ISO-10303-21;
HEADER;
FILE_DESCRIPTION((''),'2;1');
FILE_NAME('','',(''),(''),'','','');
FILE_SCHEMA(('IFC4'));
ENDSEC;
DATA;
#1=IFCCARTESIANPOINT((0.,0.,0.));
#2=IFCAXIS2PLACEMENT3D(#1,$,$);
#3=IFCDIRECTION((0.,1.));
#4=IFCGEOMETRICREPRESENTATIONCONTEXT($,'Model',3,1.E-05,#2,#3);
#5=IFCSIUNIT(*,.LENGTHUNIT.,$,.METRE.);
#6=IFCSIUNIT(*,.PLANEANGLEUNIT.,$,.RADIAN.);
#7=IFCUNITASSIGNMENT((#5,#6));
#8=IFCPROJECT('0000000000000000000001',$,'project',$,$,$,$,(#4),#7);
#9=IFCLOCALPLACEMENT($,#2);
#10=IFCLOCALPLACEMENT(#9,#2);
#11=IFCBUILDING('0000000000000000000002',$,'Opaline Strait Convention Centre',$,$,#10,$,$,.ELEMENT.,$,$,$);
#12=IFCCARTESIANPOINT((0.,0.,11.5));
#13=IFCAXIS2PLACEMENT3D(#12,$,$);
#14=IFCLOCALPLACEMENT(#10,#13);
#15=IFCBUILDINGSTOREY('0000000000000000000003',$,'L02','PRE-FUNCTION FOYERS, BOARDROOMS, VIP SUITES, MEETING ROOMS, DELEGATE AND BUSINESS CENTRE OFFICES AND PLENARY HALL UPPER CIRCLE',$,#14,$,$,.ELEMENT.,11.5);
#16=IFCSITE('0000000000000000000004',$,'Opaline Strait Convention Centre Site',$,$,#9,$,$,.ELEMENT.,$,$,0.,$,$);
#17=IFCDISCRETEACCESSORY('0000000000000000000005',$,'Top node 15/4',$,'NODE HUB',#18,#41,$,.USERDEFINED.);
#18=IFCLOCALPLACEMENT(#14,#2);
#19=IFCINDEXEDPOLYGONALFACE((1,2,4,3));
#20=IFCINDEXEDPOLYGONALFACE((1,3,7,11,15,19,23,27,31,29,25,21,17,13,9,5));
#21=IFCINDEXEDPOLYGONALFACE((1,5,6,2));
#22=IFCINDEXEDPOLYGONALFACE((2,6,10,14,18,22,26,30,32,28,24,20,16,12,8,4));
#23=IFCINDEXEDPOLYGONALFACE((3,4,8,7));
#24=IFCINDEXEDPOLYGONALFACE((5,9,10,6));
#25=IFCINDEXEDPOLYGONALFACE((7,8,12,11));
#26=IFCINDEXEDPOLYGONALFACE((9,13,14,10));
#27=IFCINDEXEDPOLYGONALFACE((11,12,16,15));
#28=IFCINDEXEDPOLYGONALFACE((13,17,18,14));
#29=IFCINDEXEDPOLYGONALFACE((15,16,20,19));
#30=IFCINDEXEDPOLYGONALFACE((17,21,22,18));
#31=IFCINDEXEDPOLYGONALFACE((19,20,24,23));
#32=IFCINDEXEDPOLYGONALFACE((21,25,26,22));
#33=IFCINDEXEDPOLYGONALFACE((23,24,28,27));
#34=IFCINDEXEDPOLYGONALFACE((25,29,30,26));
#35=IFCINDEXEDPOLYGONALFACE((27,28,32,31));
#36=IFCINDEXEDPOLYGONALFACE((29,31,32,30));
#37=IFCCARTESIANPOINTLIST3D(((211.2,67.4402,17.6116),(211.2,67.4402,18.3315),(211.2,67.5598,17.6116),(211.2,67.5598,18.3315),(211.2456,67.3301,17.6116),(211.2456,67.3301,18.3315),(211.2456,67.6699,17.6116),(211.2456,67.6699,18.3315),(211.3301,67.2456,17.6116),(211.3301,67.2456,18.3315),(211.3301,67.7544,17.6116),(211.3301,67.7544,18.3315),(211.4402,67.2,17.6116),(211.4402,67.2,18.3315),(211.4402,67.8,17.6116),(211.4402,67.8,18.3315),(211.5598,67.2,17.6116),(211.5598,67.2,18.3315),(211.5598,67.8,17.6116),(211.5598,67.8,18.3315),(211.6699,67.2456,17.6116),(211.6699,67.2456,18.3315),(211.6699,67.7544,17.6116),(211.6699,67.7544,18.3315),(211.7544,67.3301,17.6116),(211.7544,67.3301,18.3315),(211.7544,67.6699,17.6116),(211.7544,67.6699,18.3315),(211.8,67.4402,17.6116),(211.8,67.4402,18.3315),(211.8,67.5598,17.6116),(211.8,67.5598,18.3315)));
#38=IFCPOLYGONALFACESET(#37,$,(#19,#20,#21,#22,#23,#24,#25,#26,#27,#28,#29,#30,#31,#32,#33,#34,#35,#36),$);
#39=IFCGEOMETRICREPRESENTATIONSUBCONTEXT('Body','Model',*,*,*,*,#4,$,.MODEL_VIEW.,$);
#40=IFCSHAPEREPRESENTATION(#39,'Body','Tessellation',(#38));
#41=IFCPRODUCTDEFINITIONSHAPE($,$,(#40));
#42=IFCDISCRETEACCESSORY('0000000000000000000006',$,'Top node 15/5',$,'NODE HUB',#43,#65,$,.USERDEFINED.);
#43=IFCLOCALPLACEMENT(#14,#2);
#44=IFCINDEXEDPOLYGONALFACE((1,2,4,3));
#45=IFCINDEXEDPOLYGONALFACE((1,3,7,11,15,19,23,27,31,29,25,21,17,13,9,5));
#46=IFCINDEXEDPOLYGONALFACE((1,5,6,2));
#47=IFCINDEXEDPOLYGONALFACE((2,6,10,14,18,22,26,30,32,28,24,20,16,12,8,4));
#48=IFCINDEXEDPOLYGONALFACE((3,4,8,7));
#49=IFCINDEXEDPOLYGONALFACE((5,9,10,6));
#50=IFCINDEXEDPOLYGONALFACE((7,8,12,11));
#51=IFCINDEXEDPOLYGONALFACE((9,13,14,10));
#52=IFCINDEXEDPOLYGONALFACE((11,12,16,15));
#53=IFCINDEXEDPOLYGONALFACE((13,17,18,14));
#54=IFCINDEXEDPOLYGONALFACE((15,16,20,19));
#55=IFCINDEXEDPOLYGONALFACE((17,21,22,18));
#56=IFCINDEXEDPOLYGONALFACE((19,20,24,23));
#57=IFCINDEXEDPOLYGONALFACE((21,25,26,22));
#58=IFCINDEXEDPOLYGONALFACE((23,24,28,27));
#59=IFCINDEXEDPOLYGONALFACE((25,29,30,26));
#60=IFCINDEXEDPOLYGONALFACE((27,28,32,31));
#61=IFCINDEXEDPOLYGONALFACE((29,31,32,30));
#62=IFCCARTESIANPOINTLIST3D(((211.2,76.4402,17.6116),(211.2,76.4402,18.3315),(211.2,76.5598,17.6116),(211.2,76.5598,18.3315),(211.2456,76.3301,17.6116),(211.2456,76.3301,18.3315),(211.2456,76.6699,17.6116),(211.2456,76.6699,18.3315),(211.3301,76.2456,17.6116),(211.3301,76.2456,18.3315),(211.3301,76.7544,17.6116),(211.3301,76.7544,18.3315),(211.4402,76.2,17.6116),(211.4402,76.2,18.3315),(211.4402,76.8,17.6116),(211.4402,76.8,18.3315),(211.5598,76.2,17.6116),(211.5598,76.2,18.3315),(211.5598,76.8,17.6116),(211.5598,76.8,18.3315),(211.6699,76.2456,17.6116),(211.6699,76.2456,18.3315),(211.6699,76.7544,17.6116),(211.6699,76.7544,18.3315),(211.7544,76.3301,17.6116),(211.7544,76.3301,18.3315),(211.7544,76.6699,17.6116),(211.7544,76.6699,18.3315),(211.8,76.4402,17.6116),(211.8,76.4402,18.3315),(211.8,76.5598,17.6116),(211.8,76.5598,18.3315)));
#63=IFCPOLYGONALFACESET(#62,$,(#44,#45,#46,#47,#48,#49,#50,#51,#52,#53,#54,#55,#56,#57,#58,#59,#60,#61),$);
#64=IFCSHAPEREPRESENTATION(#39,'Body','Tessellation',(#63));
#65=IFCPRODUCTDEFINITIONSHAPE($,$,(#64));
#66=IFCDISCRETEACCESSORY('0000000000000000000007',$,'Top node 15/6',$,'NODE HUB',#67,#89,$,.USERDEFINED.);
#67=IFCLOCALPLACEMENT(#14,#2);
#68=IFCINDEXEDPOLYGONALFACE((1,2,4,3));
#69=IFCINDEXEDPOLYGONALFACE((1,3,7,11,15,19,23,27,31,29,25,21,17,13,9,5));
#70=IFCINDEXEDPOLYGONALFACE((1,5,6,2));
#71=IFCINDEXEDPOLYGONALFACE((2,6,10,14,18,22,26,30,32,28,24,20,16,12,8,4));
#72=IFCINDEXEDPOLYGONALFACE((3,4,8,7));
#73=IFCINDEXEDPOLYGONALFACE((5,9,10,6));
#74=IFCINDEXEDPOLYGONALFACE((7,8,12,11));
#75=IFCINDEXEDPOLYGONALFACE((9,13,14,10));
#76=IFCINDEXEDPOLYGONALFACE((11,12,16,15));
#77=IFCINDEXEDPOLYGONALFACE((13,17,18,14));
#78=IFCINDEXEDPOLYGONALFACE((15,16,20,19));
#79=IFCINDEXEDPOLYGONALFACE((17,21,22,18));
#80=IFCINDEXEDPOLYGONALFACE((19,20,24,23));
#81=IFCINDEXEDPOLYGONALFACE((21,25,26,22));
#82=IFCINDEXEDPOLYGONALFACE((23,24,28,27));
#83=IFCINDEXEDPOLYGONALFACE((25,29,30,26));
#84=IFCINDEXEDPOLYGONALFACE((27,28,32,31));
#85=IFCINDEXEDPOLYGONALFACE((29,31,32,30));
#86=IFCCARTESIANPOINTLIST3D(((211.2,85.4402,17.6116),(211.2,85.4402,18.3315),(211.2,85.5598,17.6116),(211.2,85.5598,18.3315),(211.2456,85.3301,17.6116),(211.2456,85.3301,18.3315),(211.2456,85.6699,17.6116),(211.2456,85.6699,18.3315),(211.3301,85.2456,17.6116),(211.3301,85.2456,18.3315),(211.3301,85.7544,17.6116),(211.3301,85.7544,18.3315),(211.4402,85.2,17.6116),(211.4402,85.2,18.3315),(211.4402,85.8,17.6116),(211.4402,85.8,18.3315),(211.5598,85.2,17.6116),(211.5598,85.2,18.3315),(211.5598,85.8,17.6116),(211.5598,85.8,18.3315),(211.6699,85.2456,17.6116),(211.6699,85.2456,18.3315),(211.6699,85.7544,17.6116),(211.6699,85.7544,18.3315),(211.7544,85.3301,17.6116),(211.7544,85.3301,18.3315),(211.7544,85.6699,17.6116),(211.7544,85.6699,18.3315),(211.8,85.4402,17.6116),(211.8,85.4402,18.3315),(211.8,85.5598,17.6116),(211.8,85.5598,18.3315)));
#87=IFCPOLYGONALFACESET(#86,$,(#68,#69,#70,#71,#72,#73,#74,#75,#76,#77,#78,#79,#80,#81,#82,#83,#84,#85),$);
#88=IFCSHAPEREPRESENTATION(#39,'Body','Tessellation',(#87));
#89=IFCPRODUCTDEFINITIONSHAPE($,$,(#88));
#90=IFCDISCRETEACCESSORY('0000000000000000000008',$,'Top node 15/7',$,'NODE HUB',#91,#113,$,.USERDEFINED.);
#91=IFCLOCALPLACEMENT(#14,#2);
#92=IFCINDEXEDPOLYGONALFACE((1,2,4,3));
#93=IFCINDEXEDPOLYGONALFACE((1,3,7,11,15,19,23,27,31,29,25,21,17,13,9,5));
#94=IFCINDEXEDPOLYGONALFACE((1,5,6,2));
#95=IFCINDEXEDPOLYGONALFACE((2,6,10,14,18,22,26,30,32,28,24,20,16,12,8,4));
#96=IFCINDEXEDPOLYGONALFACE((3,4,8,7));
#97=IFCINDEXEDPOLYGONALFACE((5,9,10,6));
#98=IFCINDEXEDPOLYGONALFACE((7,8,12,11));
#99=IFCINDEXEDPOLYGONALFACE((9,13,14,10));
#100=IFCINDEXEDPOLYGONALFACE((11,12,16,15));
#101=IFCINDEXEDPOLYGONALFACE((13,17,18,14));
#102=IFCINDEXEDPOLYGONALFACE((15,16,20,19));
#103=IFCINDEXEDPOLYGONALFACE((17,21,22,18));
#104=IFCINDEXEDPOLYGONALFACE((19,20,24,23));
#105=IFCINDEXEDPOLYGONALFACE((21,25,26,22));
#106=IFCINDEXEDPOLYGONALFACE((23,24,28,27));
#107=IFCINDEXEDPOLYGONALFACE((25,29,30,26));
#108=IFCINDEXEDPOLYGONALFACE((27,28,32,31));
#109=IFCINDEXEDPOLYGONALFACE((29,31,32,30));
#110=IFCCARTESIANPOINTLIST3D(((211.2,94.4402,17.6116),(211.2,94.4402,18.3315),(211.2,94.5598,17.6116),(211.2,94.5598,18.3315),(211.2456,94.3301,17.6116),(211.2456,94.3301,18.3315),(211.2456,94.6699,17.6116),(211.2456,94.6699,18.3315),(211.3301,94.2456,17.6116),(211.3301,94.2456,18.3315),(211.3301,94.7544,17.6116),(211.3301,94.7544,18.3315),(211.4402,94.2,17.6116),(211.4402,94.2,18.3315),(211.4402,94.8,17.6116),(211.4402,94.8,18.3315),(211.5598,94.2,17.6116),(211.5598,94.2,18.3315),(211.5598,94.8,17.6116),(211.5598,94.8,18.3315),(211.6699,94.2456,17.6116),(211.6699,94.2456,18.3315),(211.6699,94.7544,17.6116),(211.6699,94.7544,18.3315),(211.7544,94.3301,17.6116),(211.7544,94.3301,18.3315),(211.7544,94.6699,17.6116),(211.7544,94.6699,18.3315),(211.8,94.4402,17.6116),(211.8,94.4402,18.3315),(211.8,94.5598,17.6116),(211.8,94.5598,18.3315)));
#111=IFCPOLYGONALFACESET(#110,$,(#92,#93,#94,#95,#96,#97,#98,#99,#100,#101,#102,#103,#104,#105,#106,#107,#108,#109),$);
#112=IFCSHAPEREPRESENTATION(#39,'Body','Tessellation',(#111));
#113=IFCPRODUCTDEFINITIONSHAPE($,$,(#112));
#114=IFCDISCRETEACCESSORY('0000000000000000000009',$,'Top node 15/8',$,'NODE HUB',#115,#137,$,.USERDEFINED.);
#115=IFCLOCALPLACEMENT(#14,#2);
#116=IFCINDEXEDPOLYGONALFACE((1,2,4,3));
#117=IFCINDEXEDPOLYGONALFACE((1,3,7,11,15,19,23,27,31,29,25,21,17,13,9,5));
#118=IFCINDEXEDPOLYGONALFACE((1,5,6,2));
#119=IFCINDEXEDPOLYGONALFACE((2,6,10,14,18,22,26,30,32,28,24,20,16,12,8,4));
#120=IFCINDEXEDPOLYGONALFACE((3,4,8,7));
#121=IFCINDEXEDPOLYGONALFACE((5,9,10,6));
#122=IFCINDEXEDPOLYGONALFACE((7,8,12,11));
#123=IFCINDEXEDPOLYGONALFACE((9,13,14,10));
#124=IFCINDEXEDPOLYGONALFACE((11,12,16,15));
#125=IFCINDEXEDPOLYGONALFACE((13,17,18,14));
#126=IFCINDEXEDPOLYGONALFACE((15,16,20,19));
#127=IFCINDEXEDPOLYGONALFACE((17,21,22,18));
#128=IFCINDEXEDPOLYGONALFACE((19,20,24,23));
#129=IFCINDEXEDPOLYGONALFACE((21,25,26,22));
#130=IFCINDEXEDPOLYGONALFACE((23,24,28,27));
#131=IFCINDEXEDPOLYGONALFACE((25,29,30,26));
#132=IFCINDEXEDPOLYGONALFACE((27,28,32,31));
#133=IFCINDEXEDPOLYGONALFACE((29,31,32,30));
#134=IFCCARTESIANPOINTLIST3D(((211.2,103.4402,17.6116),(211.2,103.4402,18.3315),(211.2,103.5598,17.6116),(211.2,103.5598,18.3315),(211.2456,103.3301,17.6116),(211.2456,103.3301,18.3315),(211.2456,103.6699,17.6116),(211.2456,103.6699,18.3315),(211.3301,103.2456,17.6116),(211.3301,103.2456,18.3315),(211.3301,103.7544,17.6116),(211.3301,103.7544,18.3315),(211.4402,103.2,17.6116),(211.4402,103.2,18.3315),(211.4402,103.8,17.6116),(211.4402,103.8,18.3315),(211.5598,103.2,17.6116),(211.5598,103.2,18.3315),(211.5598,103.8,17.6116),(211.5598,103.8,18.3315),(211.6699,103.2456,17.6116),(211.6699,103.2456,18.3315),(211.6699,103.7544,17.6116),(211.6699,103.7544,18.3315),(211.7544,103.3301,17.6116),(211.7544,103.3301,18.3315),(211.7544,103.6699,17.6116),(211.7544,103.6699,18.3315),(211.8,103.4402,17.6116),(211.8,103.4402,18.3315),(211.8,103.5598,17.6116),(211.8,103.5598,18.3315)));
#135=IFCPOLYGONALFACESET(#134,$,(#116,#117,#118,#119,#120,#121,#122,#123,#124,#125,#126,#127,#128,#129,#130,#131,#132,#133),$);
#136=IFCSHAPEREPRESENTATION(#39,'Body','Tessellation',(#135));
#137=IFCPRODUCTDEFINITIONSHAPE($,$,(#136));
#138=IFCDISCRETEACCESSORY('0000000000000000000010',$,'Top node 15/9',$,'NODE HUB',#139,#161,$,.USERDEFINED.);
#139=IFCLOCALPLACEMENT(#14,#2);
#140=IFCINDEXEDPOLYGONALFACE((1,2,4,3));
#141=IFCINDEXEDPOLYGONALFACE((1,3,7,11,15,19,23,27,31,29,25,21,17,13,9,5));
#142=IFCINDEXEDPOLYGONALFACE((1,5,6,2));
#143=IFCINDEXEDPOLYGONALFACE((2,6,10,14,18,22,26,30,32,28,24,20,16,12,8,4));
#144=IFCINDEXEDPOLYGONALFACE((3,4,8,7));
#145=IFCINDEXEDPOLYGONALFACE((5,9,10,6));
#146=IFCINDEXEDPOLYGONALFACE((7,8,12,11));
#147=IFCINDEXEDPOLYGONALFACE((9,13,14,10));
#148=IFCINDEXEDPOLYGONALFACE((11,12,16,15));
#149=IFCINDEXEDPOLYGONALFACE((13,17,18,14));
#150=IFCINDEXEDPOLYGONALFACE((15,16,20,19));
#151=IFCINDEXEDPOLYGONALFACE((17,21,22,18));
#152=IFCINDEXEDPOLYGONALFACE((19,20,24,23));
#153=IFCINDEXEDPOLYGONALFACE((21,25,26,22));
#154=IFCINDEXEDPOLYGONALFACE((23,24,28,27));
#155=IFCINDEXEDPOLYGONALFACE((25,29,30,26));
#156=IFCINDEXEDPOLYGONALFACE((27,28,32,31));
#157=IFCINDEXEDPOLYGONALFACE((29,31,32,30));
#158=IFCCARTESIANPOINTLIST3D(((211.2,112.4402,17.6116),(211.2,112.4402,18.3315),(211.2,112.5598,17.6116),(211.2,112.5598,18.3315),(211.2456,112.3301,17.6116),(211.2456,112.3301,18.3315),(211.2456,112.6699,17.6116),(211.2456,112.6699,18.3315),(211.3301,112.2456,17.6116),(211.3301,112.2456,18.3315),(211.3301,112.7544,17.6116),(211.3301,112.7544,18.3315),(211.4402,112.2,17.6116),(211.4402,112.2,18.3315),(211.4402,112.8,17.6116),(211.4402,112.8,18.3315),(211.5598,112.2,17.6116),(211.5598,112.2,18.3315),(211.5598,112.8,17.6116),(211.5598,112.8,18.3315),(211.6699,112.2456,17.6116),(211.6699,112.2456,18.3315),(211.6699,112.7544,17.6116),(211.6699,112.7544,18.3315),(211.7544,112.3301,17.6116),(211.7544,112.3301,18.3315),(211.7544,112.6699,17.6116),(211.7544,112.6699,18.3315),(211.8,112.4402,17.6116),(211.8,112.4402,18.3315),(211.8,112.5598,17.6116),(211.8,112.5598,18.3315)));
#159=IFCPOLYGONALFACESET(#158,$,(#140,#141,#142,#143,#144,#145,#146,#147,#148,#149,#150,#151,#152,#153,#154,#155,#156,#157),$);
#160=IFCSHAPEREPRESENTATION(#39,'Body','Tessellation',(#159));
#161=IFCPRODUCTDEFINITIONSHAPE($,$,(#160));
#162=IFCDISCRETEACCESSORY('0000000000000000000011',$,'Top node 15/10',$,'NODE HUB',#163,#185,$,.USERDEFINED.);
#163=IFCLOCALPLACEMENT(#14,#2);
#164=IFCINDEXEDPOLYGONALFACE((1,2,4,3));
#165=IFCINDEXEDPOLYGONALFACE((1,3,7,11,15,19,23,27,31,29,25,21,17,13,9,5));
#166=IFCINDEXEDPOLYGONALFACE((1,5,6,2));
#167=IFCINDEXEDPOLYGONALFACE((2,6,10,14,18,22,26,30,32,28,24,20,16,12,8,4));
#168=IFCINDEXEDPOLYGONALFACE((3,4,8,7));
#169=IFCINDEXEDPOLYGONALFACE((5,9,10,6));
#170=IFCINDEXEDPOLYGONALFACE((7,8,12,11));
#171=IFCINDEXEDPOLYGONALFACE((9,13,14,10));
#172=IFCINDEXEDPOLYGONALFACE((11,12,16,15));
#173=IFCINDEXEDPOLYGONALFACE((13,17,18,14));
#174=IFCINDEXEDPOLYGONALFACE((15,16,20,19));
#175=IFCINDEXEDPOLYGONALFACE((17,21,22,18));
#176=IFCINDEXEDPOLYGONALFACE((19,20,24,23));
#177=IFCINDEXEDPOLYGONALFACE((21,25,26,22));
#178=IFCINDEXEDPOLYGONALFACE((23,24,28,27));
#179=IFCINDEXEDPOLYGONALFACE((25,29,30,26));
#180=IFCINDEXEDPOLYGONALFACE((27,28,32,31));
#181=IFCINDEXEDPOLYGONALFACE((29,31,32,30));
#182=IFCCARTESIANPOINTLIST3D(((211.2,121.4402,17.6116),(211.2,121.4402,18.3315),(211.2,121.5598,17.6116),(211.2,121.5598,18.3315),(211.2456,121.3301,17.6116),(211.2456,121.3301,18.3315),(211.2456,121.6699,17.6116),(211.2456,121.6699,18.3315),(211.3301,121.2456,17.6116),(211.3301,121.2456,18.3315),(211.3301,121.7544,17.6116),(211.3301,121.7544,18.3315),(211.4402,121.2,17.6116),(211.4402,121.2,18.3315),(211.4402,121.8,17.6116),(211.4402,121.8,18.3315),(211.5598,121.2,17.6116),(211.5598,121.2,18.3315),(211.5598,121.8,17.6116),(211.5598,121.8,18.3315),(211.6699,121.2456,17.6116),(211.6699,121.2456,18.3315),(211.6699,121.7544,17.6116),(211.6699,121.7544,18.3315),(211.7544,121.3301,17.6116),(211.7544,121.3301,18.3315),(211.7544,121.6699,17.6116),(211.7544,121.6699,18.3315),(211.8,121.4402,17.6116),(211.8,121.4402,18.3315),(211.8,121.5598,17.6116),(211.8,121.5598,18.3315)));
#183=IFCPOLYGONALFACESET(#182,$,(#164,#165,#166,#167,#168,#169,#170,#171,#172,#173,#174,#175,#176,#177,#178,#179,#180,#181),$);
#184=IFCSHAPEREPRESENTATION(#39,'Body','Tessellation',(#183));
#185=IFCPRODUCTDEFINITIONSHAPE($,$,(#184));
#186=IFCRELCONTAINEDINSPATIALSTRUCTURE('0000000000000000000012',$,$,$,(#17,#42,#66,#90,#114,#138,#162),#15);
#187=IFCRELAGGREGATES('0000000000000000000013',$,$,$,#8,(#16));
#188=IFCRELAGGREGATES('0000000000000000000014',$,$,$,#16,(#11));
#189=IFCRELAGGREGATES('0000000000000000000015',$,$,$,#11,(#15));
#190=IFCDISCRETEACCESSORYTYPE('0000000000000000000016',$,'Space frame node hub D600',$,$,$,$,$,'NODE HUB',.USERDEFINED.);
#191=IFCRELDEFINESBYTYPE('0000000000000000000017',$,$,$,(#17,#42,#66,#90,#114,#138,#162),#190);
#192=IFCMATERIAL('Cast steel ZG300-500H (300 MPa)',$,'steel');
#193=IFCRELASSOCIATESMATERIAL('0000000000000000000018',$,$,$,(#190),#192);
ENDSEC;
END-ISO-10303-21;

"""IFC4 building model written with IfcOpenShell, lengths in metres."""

from ifc_helpers import new_model, si_unit, direction, frame, origin, place, context, subcontext, project, spatial, polyline, outline, extrude, material, type_object, element, save


model = new_model("IFC4")

# Units and contexts
model_context = context("Model", 3, precision=1e-05, world=origin(), true_north=direction((0.0, 1.0)))
body_context = subcontext(model_context, "Body", "Model", "MODEL_VIEW")
ifc_project = project(units=[si_unit("LENGTHUNIT", "METRE"), si_unit("PLANEANGLEUNIT", "RADIAN")], contexts=[model_context])

# Site, building, storey
site_placement = place(None, origin())
site = spatial("IfcSite", under=ifc_project, at=site_placement, Name="Opaline Strait Convention Centre Site", CompositionType="ELEMENT", RefElevation=0.0)
building_placement = place(site_placement, origin())
building = spatial("IfcBuilding", under=site, at=building_placement, Name="Opaline Strait Convention Centre", CompositionType="ELEMENT")
storey_placement = place(building_placement, frame((0.0, 0.0, 11.5)))
storey = spatial("IfcBuildingStorey", under=building, at=storey_placement, Name="L02", Description="PRE-FUNCTION FOYERS, BOARDROOMS, VIP SUITES, MEETING ROOMS, DELEGATE AND BUSINESS CENTRE OFFICES AND PLENARY HALL UPPER CIRCLE", CompositionType="ELEMENT", Elevation=11.5)

# Discrete accessories
ifc_material = material(Name="Cast steel ZG300-500H (300 MPa)", Category="steel")
discrete_accessory_type = type_object("IfcDiscreteAccessoryType", Name="Space frame node hub D600", ElementType="NODE HUB", PredefinedType="USERDEFINED", material=ifc_material)
discrete_accessory_1_placement = place(storey_placement, frame((0.0, 0.0, 17.6116)))
element("IfcDiscreteAccessory", 1, at=discrete_accessory_1_placement, inside=storey, type_object=discrete_accessory_type, Name="Top node 15/4", ObjectType="NODE HUB", PredefinedType="USERDEFINED", context=body_context, shape_type="SweptSolid", body=[
    extrude(outline(polyline([(211.8, 67.5598), (211.7544, 67.6699), (211.6699, 67.7544), (211.5598, 67.8), (211.4402, 67.8), (211.3301, 67.7544), (211.2456, 67.6699), (211.2, 67.5598), (211.2, 67.4402), (211.2456, 67.3301), (211.3301, 67.2456), (211.4402, 67.2), (211.5598, 67.2), (211.6699, 67.2456), (211.7544, 67.3301), (211.8, 67.4402), (211.8, 67.5598)])), origin(), (0.0, 0.0, 1.0), 0.72),
])
discrete_accessory_2_placement = place(storey_placement, frame((0.0, 0.0, 17.6116)))
element("IfcDiscreteAccessory", 2, at=discrete_accessory_2_placement, inside=storey, type_object=discrete_accessory_type, Name="Top node 15/5", ObjectType="NODE HUB", PredefinedType="USERDEFINED", context=body_context, shape_type="SweptSolid", body=[
    extrude(outline(polyline([(211.8, 76.5598), (211.7544, 76.6699), (211.6699, 76.7544), (211.5598, 76.8), (211.4402, 76.8), (211.3301, 76.7544), (211.2456, 76.6699), (211.2, 76.5598), (211.2, 76.4402), (211.2456, 76.3301), (211.3301, 76.2456), (211.4402, 76.2), (211.5598, 76.2), (211.6699, 76.2456), (211.7544, 76.3301), (211.8, 76.4402), (211.8, 76.5598)])), origin(), (0.0, 0.0, 1.0), 0.72),
])
discrete_accessory_3_placement = place(storey_placement, frame((0.0, 0.0, 17.6116)))
element("IfcDiscreteAccessory", 3, at=discrete_accessory_3_placement, inside=storey, type_object=discrete_accessory_type, Name="Top node 15/6", ObjectType="NODE HUB", PredefinedType="USERDEFINED", context=body_context, shape_type="SweptSolid", body=[
    extrude(outline(polyline([(211.8, 85.5598), (211.7544, 85.6699), (211.6699, 85.7544), (211.5598, 85.8), (211.4402, 85.8), (211.3301, 85.7544), (211.2456, 85.6699), (211.2, 85.5598), (211.2, 85.4402), (211.2456, 85.3301), (211.3301, 85.2456), (211.4402, 85.2), (211.5598, 85.2), (211.6699, 85.2456), (211.7544, 85.3301), (211.8, 85.4402), (211.8, 85.5598)])), origin(), (0.0, 0.0, 1.0), 0.72),
])
discrete_accessory_4_placement = place(storey_placement, frame((0.0, 0.0, 17.6116)))
element("IfcDiscreteAccessory", 4, at=discrete_accessory_4_placement, inside=storey, type_object=discrete_accessory_type, Name="Top node 15/7", ObjectType="NODE HUB", PredefinedType="USERDEFINED", context=body_context, shape_type="SweptSolid", body=[
    extrude(outline(polyline([(211.8, 94.5598), (211.7544, 94.6699), (211.6699, 94.7544), (211.5598, 94.8), (211.4402, 94.8), (211.3301, 94.7544), (211.2456, 94.6699), (211.2, 94.5598), (211.2, 94.4402), (211.2456, 94.3301), (211.3301, 94.2456), (211.4402, 94.2), (211.5598, 94.2), (211.6699, 94.2456), (211.7544, 94.3301), (211.8, 94.4402), (211.8, 94.5598)])), origin(), (0.0, 0.0, 1.0), 0.72),
])
discrete_accessory_5_placement = place(storey_placement, frame((0.0, 0.0, 17.6116)))
element("IfcDiscreteAccessory", 5, at=discrete_accessory_5_placement, inside=storey, type_object=discrete_accessory_type, Name="Top node 15/8", ObjectType="NODE HUB", PredefinedType="USERDEFINED", context=body_context, shape_type="SweptSolid", body=[
    extrude(outline(polyline([(211.8, 103.5598), (211.7544, 103.6699), (211.6699, 103.7544), (211.5598, 103.8), (211.4402, 103.8), (211.3301, 103.7544), (211.2456, 103.6699), (211.2, 103.5598), (211.2, 103.4402), (211.2456, 103.3301), (211.3301, 103.2456), (211.4402, 103.2), (211.5598, 103.2), (211.6699, 103.2456), (211.7544, 103.3301), (211.8, 103.4402), (211.8, 103.5598)])), origin(), (0.0, 0.0, 1.0), 0.72),
])
discrete_accessory_6_placement = place(storey_placement, frame((0.0, 0.0, 17.6116)))
element("IfcDiscreteAccessory", 6, at=discrete_accessory_6_placement, inside=storey, type_object=discrete_accessory_type, Name="Top node 15/9", ObjectType="NODE HUB", PredefinedType="USERDEFINED", context=body_context, shape_type="SweptSolid", body=[
    extrude(outline(polyline([(211.8, 112.5598), (211.7544, 112.6699), (211.6699, 112.7544), (211.5598, 112.8), (211.4402, 112.8), (211.3301, 112.7544), (211.2456, 112.6699), (211.2, 112.5598), (211.2, 112.4402), (211.2456, 112.3301), (211.3301, 112.2456), (211.4402, 112.2), (211.5598, 112.2), (211.6699, 112.2456), (211.7544, 112.3301), (211.8, 112.4402), (211.8, 112.5598)])), origin(), (0.0, 0.0, 1.0), 0.72),
])
discrete_accessory_7_placement = place(storey_placement, frame((0.0, 0.0, 17.6116)))
element("IfcDiscreteAccessory", 7, at=discrete_accessory_7_placement, inside=storey, type_object=discrete_accessory_type, Name="Top node 15/10", ObjectType="NODE HUB", PredefinedType="USERDEFINED", context=body_context, shape_type="SweptSolid", body=[
    extrude(outline(polyline([(211.8, 121.5598), (211.7544, 121.6699), (211.6699, 121.7544), (211.5598, 121.8), (211.4402, 121.8), (211.3301, 121.7544), (211.2456, 121.6699), (211.2, 121.5598), (211.2, 121.4402), (211.2456, 121.3301), (211.3301, 121.2456), (211.4402, 121.2), (211.5598, 121.2), (211.6699, 121.2456), (211.7544, 121.3301), (211.8, 121.4402), (211.8, 121.5598)])), origin(), (0.0, 0.0, 1.0), 0.72),
])

save(model, "model.ifc")
